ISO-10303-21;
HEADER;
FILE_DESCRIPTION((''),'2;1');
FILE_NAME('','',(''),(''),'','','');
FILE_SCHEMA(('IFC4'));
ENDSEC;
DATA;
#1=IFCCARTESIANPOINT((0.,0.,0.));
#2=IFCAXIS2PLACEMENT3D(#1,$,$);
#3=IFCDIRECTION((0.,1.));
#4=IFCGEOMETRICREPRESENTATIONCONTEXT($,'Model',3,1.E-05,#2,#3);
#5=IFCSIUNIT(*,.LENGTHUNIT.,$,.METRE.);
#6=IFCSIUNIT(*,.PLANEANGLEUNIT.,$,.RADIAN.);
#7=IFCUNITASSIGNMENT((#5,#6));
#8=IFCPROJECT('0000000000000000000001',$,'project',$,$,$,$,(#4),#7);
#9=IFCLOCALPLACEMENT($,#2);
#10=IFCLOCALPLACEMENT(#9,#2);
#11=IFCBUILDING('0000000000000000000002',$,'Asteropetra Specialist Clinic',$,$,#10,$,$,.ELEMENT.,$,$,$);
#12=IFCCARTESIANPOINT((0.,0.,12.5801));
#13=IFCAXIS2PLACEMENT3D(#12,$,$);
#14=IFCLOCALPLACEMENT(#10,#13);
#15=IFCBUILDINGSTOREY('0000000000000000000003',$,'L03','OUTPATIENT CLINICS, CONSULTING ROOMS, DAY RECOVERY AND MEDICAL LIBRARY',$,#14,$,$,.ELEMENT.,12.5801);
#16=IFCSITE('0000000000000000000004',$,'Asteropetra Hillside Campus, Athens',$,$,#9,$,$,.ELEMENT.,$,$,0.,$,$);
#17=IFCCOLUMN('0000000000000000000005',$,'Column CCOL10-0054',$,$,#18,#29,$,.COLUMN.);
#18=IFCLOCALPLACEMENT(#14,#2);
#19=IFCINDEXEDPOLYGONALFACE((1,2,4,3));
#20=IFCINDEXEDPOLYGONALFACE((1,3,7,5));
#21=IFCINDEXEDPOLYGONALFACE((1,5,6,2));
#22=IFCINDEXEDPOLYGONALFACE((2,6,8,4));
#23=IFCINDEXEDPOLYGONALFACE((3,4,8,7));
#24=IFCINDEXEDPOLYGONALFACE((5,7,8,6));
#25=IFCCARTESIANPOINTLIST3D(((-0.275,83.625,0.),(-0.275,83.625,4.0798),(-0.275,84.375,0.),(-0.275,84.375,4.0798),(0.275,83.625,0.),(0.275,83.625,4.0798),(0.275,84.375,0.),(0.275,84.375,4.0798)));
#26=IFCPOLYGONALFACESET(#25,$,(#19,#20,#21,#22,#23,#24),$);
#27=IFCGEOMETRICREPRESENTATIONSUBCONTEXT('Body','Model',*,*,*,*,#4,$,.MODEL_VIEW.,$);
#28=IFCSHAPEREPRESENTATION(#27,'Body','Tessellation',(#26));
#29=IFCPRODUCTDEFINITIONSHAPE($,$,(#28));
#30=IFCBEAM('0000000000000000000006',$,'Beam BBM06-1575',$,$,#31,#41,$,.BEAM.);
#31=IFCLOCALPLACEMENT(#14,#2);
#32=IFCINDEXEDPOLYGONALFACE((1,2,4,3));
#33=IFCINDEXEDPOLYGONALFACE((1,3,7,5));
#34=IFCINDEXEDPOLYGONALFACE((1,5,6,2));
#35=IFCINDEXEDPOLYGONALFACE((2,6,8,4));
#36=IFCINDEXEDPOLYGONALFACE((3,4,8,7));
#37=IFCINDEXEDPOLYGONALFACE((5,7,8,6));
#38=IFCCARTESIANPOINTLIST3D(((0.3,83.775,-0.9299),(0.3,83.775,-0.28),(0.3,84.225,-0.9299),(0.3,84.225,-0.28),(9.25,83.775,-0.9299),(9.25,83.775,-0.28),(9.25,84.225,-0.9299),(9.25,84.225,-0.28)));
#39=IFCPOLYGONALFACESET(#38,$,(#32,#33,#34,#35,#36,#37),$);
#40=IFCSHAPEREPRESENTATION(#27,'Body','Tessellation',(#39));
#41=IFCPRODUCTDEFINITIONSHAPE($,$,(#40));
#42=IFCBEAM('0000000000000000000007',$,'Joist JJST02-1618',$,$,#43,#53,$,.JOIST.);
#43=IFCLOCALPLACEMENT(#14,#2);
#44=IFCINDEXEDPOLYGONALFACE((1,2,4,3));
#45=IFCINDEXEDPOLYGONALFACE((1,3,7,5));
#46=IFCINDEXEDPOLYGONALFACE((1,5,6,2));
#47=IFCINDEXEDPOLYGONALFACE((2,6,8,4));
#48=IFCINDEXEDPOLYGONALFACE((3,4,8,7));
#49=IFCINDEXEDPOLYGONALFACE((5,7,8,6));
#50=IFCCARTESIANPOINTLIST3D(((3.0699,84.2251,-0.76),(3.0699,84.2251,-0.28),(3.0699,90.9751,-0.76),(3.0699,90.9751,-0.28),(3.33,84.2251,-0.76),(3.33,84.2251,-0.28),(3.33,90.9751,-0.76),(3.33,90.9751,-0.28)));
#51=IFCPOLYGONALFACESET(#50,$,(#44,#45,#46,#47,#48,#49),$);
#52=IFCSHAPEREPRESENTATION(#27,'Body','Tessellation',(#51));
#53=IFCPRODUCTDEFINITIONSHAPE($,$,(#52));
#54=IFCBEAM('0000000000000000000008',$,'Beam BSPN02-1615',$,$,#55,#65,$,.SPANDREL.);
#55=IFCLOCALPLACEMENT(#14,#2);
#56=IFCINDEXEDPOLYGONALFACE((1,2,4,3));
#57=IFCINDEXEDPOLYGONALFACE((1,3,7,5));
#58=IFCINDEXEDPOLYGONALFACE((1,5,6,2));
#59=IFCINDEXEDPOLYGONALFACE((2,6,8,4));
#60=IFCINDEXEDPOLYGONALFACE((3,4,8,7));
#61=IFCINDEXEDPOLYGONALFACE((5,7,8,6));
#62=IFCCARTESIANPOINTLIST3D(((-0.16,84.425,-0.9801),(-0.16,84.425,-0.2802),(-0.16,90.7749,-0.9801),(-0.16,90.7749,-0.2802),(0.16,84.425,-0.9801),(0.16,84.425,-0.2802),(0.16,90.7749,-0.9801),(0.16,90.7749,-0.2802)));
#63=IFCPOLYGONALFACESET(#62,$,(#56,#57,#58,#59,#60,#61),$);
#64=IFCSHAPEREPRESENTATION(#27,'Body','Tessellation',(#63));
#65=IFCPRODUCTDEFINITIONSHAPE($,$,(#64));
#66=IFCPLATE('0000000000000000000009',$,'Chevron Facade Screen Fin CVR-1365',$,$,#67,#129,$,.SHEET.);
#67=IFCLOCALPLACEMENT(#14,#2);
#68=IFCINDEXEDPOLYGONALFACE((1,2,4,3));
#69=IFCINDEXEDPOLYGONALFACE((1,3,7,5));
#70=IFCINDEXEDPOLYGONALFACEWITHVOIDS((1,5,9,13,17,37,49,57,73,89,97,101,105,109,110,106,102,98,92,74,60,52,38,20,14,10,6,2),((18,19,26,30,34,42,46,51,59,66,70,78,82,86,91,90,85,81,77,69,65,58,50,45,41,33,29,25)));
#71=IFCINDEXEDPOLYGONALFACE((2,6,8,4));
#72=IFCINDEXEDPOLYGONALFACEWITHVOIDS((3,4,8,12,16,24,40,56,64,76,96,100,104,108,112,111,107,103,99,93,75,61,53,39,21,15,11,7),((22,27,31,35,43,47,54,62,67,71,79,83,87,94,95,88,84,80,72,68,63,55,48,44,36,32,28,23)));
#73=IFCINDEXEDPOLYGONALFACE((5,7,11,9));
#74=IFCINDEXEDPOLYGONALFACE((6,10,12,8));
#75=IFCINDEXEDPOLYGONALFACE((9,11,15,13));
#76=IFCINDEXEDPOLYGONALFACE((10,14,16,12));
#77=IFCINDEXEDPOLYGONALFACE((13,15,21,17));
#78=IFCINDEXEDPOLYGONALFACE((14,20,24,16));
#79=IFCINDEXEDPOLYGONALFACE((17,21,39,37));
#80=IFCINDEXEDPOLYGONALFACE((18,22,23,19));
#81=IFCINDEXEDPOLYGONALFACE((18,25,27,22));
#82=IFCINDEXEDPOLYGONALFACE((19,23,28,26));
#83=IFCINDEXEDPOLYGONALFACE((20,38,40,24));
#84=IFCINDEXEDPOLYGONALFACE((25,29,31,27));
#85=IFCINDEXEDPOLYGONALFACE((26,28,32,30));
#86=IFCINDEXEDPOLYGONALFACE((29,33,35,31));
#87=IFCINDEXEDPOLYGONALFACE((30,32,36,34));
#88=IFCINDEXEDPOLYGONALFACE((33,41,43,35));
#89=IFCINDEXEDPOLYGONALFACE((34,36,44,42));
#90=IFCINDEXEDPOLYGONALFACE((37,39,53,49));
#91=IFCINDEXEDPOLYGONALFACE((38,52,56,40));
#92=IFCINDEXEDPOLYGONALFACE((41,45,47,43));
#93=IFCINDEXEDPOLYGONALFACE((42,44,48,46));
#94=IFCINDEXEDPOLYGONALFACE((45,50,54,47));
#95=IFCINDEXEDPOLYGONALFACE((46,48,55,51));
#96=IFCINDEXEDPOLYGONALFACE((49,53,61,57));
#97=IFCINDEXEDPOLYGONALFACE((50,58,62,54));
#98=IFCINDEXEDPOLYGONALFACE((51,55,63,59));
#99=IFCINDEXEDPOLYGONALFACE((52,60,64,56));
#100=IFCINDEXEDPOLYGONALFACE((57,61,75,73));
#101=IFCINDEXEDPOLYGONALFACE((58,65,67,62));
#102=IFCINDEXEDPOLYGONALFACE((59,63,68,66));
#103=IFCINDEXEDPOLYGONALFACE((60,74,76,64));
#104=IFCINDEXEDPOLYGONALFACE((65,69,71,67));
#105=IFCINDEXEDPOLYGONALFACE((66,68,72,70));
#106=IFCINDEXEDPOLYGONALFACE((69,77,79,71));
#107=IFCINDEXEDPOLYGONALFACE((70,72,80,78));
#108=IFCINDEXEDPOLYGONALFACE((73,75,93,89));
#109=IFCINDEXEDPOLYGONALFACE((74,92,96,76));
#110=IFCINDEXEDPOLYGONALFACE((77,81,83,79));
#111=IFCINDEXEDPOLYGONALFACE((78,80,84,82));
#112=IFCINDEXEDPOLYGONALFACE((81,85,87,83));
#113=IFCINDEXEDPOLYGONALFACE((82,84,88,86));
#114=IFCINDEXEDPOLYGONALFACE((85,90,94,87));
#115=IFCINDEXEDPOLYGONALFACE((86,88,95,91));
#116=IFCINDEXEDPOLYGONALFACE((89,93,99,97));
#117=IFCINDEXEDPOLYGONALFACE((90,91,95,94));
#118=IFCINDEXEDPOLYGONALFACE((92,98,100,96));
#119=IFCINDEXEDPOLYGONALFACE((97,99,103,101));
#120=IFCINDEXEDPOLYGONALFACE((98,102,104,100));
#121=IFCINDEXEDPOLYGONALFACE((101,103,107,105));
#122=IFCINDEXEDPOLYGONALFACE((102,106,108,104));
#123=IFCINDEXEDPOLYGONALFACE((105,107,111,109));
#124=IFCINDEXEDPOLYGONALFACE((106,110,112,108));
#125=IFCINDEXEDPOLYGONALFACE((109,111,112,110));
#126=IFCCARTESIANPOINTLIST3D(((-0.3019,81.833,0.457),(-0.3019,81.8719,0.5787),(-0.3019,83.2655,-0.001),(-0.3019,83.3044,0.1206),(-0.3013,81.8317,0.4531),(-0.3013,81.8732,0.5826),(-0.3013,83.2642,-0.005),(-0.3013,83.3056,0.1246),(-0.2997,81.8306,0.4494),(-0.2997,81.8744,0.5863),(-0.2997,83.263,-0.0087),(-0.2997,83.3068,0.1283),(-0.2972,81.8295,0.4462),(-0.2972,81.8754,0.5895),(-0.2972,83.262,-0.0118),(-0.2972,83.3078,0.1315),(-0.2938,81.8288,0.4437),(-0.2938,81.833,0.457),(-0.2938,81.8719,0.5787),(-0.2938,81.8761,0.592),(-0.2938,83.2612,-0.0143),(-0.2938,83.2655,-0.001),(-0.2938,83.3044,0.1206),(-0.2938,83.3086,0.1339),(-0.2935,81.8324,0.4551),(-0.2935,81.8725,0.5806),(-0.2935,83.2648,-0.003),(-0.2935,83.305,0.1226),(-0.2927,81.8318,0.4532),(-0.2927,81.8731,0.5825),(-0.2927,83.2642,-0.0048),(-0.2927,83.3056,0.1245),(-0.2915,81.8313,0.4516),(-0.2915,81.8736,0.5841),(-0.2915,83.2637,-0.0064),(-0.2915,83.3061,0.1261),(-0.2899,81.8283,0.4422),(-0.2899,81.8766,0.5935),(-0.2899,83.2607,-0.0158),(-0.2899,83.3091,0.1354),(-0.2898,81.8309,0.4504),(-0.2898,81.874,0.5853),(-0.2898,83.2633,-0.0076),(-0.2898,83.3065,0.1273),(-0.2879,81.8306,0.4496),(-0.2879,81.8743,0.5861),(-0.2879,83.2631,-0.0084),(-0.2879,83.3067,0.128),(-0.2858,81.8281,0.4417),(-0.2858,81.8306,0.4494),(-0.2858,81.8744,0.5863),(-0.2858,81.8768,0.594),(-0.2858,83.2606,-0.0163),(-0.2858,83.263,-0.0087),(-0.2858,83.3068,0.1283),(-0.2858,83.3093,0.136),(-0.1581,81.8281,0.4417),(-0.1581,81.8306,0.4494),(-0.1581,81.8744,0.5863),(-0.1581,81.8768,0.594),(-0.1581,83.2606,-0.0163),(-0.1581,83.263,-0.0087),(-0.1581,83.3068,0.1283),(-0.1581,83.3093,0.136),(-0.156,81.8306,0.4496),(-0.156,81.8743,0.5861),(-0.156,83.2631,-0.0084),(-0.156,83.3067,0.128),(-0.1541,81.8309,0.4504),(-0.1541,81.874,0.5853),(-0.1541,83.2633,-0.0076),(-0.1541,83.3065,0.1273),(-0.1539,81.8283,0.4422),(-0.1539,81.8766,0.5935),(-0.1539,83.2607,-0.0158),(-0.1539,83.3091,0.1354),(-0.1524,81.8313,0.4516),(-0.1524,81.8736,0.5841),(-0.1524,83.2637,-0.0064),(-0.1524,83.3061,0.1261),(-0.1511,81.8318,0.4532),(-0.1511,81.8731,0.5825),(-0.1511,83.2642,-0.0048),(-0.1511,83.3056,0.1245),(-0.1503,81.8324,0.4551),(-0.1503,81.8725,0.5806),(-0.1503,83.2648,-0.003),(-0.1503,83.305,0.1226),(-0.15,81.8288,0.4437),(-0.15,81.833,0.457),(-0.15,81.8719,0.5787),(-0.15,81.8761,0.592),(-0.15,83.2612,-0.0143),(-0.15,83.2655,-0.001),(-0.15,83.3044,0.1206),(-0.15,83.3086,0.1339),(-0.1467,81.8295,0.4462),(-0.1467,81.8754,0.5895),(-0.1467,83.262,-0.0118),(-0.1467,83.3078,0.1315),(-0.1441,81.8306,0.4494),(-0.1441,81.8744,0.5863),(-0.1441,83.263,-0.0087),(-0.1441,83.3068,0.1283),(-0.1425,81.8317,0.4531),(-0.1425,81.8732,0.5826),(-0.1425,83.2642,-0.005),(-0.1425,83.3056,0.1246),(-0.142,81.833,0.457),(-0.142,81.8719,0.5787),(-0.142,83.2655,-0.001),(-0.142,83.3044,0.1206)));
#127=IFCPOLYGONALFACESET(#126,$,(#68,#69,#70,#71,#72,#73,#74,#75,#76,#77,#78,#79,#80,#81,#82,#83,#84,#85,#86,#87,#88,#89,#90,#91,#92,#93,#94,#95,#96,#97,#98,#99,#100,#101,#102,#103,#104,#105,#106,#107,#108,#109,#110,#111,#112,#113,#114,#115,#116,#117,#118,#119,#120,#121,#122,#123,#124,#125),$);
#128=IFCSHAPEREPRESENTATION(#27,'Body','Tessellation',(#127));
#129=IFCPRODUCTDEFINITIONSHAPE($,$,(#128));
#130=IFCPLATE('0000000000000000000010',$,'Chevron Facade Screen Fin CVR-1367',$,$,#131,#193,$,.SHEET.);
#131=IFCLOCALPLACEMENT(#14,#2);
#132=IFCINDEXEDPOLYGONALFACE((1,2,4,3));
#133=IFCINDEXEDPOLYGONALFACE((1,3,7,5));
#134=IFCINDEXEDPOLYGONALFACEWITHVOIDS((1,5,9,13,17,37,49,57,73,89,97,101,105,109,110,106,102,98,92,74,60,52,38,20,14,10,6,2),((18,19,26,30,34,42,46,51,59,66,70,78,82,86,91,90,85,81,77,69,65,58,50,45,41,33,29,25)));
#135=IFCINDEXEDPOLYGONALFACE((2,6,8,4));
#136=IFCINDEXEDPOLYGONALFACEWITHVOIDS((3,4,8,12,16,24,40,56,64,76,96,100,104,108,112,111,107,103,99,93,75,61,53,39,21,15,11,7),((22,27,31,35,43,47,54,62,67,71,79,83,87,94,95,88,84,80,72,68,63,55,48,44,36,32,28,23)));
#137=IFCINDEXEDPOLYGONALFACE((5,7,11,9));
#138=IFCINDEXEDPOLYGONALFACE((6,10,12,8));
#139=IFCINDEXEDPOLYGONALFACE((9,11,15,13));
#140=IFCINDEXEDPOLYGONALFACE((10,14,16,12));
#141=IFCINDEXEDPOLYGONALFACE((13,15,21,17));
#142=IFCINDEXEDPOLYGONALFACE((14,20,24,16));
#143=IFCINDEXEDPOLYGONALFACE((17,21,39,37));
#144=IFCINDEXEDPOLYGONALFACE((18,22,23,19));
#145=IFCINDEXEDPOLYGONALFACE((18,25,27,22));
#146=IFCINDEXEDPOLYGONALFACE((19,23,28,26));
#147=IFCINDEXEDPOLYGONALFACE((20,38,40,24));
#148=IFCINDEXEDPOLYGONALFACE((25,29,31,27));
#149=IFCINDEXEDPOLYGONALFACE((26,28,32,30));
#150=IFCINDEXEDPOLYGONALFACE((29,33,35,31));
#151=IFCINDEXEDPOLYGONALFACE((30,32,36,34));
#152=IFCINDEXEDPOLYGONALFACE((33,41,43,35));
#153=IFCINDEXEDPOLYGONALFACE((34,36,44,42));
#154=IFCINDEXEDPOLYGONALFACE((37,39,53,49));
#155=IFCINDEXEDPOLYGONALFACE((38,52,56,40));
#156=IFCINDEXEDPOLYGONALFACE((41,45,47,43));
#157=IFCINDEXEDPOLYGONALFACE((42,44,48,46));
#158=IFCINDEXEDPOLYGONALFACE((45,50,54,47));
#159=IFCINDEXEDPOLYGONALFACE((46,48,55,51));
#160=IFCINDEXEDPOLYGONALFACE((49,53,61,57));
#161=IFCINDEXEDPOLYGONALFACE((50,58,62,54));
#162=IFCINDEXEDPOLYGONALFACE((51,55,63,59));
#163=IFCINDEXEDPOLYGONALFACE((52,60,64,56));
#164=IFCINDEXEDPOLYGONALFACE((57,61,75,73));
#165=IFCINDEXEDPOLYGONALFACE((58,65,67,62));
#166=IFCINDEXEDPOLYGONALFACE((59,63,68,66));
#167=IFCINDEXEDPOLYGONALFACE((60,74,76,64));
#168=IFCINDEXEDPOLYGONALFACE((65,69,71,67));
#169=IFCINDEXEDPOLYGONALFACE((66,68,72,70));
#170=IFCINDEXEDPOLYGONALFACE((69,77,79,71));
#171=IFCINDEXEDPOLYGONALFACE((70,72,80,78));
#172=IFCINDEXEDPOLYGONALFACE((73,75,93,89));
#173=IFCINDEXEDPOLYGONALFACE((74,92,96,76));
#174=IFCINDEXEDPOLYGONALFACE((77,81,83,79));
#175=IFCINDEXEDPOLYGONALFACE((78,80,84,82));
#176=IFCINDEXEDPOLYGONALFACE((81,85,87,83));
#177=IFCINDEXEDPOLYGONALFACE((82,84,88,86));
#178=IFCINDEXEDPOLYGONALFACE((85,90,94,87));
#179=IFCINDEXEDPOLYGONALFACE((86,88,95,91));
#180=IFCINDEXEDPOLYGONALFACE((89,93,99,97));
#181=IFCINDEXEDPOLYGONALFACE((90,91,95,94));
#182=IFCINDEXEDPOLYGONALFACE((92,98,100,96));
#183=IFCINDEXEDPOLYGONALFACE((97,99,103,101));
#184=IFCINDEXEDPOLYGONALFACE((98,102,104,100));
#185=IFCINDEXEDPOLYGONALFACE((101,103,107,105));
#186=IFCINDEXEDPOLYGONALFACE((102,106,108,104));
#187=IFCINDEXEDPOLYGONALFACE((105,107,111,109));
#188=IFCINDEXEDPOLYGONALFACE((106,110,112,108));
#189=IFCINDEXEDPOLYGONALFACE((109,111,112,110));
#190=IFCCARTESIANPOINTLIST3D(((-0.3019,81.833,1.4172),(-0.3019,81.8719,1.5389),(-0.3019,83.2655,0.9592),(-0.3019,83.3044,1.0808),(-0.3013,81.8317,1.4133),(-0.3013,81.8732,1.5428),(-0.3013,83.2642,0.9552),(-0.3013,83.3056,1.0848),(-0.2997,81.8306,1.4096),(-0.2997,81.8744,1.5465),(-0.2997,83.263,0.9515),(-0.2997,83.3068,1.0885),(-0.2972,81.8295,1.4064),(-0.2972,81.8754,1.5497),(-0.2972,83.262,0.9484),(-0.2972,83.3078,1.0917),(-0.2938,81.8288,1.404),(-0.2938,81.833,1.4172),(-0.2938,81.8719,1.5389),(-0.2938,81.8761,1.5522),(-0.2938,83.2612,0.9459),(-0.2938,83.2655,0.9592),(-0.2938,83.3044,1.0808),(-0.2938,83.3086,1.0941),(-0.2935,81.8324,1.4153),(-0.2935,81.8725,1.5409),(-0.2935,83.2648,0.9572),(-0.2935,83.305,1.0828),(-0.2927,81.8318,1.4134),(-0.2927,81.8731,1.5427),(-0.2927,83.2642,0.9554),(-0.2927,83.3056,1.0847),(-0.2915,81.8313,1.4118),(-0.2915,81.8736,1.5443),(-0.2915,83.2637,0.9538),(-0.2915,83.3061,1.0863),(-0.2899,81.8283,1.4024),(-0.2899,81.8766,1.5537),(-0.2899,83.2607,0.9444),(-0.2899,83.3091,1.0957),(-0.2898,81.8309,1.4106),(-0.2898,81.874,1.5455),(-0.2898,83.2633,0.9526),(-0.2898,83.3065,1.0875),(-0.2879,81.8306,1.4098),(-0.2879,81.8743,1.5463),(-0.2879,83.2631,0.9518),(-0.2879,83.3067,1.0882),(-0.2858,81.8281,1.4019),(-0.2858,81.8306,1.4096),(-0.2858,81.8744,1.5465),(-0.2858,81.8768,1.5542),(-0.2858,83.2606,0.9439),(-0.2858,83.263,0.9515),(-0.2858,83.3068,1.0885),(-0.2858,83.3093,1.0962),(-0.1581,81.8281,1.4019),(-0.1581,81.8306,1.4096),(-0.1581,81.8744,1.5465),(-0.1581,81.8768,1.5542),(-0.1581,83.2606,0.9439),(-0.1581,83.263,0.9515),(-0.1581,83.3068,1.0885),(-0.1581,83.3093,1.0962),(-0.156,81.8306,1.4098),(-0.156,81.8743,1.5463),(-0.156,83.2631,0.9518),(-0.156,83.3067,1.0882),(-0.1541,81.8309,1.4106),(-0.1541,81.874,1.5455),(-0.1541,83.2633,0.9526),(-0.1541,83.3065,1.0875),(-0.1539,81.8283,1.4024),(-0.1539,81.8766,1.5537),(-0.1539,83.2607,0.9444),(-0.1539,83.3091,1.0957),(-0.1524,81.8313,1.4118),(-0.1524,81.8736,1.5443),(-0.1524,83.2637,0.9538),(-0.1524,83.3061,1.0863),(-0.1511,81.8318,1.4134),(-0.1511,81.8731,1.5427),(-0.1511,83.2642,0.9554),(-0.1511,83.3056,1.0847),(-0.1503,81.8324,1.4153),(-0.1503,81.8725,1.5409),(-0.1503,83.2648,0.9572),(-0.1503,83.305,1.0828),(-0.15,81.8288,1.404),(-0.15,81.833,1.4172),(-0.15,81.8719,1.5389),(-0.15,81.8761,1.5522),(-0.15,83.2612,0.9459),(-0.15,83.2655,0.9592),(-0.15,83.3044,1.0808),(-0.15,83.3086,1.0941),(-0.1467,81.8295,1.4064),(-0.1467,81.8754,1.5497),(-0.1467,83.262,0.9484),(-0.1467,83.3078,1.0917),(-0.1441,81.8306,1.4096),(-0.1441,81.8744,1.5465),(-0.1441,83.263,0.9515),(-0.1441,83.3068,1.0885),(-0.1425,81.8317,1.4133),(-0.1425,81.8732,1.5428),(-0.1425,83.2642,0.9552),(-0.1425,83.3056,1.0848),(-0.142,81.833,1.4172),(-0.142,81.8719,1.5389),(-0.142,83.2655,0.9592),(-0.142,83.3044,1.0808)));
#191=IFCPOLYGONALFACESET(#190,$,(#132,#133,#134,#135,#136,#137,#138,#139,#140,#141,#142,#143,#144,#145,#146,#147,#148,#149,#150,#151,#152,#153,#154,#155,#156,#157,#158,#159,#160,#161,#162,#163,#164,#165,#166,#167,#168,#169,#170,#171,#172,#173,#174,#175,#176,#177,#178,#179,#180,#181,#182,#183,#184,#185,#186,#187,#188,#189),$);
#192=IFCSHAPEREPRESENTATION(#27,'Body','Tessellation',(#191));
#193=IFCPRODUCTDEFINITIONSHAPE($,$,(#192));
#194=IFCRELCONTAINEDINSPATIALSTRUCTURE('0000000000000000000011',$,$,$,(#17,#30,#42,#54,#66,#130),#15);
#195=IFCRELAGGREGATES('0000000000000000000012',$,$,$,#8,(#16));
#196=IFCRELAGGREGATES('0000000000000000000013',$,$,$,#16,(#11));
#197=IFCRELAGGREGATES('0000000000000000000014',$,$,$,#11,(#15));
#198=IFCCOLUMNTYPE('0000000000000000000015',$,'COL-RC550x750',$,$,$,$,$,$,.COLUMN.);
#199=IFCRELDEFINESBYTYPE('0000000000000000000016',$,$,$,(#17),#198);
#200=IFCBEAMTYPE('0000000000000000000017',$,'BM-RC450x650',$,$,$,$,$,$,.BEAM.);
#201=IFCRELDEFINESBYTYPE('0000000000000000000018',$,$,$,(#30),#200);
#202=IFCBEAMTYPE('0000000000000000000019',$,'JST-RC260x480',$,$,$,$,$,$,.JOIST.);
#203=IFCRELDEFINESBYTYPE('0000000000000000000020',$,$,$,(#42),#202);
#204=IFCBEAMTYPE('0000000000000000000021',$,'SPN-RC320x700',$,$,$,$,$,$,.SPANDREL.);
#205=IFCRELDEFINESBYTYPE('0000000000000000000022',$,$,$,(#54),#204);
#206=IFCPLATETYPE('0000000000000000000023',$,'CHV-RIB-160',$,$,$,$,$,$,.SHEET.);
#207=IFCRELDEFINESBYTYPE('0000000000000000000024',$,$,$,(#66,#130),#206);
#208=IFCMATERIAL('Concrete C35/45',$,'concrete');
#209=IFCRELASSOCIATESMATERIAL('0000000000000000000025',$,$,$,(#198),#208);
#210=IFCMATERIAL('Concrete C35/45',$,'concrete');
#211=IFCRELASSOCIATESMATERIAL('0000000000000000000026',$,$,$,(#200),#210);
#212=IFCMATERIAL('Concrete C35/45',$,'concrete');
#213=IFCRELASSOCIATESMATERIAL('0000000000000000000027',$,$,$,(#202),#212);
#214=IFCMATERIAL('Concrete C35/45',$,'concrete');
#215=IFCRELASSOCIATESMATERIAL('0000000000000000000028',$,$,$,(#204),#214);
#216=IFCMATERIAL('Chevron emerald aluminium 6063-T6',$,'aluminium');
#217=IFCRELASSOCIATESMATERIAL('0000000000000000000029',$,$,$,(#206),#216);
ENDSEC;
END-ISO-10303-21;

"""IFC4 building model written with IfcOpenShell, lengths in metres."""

from ifc_helpers import new_model, si_unit, direction, frame, origin, origin_2d, place, context, subcontext, project, spatial, rectangle, hollow_rectangle, extrude, material, material_profile, profile_set, type_object, element, save


model = new_model("IFC4")

# Units and contexts
model_context = context("Model", 3, precision=1e-05, world=origin(), true_north=direction((0.0, 1.0)))
body_context = subcontext(model_context, "Body", "Model", "MODEL_VIEW")
ifc_project = project(units=[si_unit("LENGTHUNIT", "METRE"), si_unit("PLANEANGLEUNIT", "RADIAN")], contexts=[model_context])

# Site, building, storey
site_placement = place(None, origin())
site = spatial("IfcSite", under=ifc_project, at=site_placement, Name="Asteropetra Hillside Campus, Athens", CompositionType="ELEMENT", RefElevation=0.0)
building_placement = place(site_placement, origin())
building = spatial("IfcBuilding", under=site, at=building_placement, Name="Asteropetra Specialist Clinic", CompositionType="ELEMENT")
storey_placement = place(building_placement, frame((0.0, 0.0, 12.5801)))
storey = spatial("IfcBuildingStorey", under=building, at=storey_placement, Name="L03", Description="OUTPATIENT CLINICS, CONSULTING ROOMS, DAY RECOVERY AND MEDICAL LIBRARY", CompositionType="ELEMENT", Elevation=12.5801)

# Column
ifc_material_1 = material(Name="Concrete C35/45", Category="concrete")
ifc_material_profile_1 = material_profile(ifc_material_1, rectangle(XDim=0.55, YDim=0.75, at=origin_2d()), Name="RC 550x750")
ifc_profile_set_1 = profile_set([ifc_material_profile_1], Name="Concrete C35/45")
column_type = type_object("IfcColumnType", Name="COL-RC550x750", PredefinedType="COLUMN", material=ifc_profile_set_1)
column_placement = place(storey_placement, frame((0.0, 84.0, 0.0), z_axis=(0.0, 0.0, 1.0), x_axis=(1.0, 0.0, 0.0)))
element("IfcColumn", 1, at=column_placement, inside=storey, type_object=column_type, Name="Column CCOL10-0054", PredefinedType="COLUMN", context=body_context, shape_type="SweptSolid", body=[
    extrude(rectangle(XDim=0.55, YDim=0.75, at=origin_2d()), origin(), (0.0, 0.0, 1.0), 4.0798),
])

# Beams
ifc_material_2 = material(Name="Concrete C35/45", Category="concrete")
ifc_material_profile_2 = material_profile(ifc_material_2, rectangle(XDim=0.45, YDim=0.6499, at=origin_2d()), Name="RCB 450x650")
ifc_profile_set_2 = profile_set([ifc_material_profile_2], Name="Concrete C35/45")
beam_type_1 = type_object("IfcBeamType", Name="BM-RC450x650", PredefinedType="BEAM", material=ifc_profile_set_2)
beam_1_placement = place(storey_placement, frame((0.3, 84.0, -0.605), z_axis=(1.0, 0.0, 0.0), x_axis=(0.0, 1.0, 0.0)))
element("IfcBeam", 2, at=beam_1_placement, inside=storey, type_object=beam_type_1, Name="Beam BBM06-1575", PredefinedType="BEAM", context=body_context, shape_type="SweptSolid", body=[
    extrude(rectangle(XDim=0.45, YDim=0.6499, at=origin_2d()), origin(), (0.0, 0.0, 1.0), 8.95),
])
ifc_material_3 = material(Name="Concrete C35/45", Category="concrete")
ifc_material_profile_3 = material_profile(ifc_material_3, rectangle(XDim=0.26, YDim=0.48, at=origin_2d()), Name="RCJ 260x480")
ifc_profile_set_3 = profile_set([ifc_material_profile_3], Name="Concrete C35/45")
beam_type_2 = type_object("IfcBeamType", Name="JST-RC260x480", PredefinedType="JOIST", material=ifc_profile_set_3)
beam_2_placement = place(storey_placement, frame((3.2, 84.2251, -0.52), z_axis=(0.0, 1.0, 0.0), x_axis=(-1.0, 0.0, 0.0)))
element("IfcBeam", 3, at=beam_2_placement, inside=storey, type_object=beam_type_2, Name="Joist JJST02-1618", PredefinedType="JOIST", context=body_context, shape_type="SweptSolid", body=[
    extrude(rectangle(XDim=0.26, YDim=0.48, at=origin_2d()), origin(), (0.0, 0.0, 1.0), 6.75),
])
ifc_material_4 = material(Name="Concrete C35/45", Category="concrete")
ifc_material_profile_4 = material_profile(ifc_material_4, rectangle(XDim=0.3201, YDim=0.7, at=origin_2d()), Name="RCS 320x700")
ifc_profile_set_4 = profile_set([ifc_material_profile_4], Name="Concrete C35/45")
beam_type_3 = type_object("IfcBeamType", Name="SPN-RC320x700", PredefinedType="SPANDREL", material=ifc_profile_set_4)
beam_3_placement = place(storey_placement, frame((0.0, 84.425, -0.6301), z_axis=(0.0, 1.0, 0.0), x_axis=(-1.0, 0.0, 0.0)))
element("IfcBeam", 4, at=beam_3_placement, inside=storey, type_object=beam_type_3, Name="Beam BSPN02-1615", PredefinedType="SPANDREL", context=body_context, shape_type="SweptSolid", body=[
    extrude(rectangle(XDim=0.3201, YDim=0.7, at=origin_2d()), origin(), (0.0, 0.0, 1.0), 6.3499),
])

# Plates
ifc_material_5 = material(Name="Chevron emerald aluminium 6063-T6", Category="aluminium")
ifc_material_profile_5 = material_profile(ifc_material_5, hollow_rectangle(XDim=0.1599, YDim=0.1599, WallThickness=0.0081, InnerFilletRadius=0.0081, OuterFilletRadius=0.0161, at=origin_2d()), Name="SHS 160x160x8.0")
ifc_profile_set_5 = profile_set([ifc_material_profile_5], Name="Chevron emerald aluminium 6063-T6")
plate_type_1 = type_object("IfcPlateType", Name="CHV-RIB-160", PredefinedType="SHEET", material=ifc_profile_set_5)
for number, where, z_axis, x_axis, name in (
    (5, (-0.2219, 83.2849, 0.0598), (0.0, -0.952492, 0.304564), (1.0, 0.0, 0.0), "Chevron Facade Screen Fin CVR-1365"),
    (6, (-0.2219, 83.2849, 1.02), (0.0, -0.952492, 0.304564), (1.0, 0.0, 0.0), "Chevron Facade Screen Fin CVR-1367"),
):
    element("IfcPlate", number, at=place(storey_placement, frame(where, z_axis=z_axis, x_axis=x_axis)), inside=storey, type_object=plate_type_1, Name=name, PredefinedType="SHEET", context=body_context, shape_type="SweptSolid", body=[
        extrude(hollow_rectangle(XDim=0.1599, YDim=0.1599, WallThickness=0.0081, InnerFilletRadius=0.0081, OuterFilletRadius=0.0161, at=origin_2d()), origin(), (0.0, 0.0, 1.0), 1.5039),
    ])

save(model, "model.ifc")
